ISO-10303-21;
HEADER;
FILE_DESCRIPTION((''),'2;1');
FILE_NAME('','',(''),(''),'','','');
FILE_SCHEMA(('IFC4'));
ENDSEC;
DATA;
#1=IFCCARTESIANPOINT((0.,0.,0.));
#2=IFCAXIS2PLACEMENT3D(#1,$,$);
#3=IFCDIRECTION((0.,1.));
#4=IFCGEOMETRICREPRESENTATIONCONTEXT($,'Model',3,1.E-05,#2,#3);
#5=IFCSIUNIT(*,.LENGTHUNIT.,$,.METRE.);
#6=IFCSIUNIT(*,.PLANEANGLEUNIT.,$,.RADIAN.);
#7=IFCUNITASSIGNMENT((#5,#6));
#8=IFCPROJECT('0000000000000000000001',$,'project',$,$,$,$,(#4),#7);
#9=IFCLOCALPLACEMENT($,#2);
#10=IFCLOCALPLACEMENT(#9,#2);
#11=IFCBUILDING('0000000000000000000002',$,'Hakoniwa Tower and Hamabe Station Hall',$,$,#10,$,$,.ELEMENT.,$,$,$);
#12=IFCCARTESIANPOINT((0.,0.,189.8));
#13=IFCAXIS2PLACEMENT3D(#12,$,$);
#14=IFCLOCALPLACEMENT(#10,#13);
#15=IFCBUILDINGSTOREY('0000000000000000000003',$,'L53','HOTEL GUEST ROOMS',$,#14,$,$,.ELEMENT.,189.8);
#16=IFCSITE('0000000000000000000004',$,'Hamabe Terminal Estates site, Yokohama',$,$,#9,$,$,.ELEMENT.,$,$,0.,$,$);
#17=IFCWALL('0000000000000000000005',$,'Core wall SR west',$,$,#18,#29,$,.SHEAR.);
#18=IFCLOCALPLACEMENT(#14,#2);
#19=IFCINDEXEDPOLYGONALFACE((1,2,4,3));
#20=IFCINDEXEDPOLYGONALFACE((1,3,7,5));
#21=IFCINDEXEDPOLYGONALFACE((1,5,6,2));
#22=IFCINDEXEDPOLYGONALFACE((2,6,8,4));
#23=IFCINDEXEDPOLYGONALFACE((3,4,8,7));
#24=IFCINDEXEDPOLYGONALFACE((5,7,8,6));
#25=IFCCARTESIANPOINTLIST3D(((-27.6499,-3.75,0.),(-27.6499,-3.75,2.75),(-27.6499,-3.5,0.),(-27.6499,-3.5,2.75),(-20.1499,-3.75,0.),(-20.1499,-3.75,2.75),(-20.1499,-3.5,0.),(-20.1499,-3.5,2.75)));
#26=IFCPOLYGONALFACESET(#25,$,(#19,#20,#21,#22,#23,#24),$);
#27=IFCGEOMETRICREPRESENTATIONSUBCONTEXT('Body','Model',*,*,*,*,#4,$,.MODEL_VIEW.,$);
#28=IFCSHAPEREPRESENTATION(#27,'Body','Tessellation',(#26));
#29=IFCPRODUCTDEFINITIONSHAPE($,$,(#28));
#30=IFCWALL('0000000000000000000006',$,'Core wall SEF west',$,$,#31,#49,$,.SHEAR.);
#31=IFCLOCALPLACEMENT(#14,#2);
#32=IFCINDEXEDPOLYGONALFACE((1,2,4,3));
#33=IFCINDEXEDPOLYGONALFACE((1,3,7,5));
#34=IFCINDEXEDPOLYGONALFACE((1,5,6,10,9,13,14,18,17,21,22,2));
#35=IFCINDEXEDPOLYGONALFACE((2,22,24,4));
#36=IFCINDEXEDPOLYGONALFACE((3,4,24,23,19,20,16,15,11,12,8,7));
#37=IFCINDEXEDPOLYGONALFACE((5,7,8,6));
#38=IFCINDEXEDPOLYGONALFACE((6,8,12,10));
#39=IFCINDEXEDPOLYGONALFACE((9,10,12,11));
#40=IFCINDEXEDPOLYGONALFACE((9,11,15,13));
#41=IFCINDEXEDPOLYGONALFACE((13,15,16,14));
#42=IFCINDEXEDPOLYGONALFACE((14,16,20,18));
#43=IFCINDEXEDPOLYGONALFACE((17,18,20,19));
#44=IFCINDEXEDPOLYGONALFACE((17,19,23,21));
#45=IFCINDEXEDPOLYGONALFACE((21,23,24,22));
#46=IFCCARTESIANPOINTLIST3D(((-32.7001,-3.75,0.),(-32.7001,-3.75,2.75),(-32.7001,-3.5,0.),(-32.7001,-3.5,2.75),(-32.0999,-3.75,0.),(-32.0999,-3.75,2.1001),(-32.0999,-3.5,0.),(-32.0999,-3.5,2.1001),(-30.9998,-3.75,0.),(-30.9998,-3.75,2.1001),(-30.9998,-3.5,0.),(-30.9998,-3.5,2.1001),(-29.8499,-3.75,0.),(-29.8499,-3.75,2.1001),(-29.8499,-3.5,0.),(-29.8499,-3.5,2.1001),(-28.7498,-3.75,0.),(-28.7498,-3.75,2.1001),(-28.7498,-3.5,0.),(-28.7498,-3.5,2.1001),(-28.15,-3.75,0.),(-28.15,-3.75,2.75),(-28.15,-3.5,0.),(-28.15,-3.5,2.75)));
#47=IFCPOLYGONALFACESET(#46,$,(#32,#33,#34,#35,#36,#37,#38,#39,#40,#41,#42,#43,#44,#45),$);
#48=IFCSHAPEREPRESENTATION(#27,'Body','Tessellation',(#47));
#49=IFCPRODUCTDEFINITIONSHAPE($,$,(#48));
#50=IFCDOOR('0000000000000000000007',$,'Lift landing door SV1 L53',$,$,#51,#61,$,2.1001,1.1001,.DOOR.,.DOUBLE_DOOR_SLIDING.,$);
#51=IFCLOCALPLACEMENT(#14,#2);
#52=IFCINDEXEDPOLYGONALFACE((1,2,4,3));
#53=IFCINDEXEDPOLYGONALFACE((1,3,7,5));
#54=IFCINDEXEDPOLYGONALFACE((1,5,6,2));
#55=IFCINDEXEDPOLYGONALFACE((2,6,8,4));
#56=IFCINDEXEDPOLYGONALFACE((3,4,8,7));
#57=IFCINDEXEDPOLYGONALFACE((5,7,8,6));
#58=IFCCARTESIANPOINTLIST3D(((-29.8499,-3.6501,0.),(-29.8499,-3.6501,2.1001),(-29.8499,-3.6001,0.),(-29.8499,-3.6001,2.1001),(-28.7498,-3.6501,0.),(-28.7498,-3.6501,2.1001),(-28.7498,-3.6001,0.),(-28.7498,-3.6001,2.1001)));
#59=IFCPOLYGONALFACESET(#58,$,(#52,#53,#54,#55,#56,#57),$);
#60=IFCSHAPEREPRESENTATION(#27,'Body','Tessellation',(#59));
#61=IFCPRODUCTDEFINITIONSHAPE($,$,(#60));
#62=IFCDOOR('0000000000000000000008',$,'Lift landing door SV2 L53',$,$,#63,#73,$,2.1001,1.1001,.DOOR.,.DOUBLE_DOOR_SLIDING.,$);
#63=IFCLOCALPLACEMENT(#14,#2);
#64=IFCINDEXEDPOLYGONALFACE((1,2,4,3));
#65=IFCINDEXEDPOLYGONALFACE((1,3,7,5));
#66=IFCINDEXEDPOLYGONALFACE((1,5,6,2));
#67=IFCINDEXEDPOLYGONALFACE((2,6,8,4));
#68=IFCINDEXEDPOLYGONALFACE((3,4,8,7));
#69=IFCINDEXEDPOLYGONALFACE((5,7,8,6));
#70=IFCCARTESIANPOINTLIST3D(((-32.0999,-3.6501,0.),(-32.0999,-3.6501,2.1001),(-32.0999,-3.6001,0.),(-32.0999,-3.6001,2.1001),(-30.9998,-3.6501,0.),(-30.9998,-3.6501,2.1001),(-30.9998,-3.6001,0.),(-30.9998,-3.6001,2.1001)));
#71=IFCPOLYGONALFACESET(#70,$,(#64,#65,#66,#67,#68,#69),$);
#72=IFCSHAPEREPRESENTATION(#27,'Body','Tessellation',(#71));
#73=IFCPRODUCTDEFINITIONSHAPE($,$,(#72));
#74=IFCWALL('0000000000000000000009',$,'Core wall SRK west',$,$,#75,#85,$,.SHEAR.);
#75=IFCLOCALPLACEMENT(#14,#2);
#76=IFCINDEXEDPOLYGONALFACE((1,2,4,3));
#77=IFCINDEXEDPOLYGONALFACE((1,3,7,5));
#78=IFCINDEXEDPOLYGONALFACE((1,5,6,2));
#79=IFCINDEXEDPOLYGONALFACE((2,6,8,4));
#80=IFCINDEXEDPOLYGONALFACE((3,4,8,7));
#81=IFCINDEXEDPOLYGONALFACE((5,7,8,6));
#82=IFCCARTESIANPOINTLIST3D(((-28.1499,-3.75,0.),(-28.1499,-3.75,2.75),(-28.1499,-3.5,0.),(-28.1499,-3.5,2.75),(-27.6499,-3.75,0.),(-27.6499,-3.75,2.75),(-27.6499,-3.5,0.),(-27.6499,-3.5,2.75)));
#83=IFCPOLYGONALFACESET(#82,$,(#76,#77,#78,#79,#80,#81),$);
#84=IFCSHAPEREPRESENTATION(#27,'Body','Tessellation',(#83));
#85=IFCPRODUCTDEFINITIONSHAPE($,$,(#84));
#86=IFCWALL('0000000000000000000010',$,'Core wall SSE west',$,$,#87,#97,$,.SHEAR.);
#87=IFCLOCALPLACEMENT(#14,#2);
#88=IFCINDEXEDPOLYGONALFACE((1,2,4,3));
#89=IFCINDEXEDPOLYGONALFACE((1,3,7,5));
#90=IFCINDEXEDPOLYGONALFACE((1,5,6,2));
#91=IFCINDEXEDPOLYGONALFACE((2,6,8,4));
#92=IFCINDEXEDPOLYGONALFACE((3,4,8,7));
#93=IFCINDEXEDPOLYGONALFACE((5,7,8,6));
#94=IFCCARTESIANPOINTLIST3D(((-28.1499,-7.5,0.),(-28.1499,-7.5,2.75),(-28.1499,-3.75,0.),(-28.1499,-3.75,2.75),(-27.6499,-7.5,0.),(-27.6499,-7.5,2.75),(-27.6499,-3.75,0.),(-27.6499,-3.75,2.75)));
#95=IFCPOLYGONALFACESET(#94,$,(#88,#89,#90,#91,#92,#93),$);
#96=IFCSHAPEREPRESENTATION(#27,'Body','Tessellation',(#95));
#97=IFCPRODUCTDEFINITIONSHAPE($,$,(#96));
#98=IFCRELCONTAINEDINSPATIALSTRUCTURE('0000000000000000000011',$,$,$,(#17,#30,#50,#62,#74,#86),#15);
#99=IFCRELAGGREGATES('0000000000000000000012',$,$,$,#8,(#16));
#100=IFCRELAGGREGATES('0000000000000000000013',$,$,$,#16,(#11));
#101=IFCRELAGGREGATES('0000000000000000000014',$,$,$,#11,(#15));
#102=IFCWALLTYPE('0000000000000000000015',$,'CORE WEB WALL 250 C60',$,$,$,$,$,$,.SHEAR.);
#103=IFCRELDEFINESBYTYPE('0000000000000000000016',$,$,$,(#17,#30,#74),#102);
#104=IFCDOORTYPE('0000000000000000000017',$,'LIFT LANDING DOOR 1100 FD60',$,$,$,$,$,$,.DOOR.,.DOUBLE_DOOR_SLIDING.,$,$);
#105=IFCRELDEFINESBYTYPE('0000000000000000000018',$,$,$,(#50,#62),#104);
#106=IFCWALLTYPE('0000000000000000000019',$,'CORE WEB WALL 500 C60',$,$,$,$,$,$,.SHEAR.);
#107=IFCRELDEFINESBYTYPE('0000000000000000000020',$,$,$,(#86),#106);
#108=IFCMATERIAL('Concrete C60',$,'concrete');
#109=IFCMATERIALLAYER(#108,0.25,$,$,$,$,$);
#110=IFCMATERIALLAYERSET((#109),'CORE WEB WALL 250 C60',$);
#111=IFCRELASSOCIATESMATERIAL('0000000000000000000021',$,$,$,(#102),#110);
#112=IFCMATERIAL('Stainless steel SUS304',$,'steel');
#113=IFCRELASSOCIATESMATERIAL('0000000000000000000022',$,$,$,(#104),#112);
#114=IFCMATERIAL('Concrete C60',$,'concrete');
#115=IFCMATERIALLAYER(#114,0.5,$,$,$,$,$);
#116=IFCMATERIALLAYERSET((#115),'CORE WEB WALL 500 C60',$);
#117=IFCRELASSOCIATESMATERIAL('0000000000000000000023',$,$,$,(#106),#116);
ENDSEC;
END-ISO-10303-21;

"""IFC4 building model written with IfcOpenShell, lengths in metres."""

from ifc_helpers import new_model, si_unit, direction, frame, frame_2d, origin, place, context, subcontext, project, spatial, rectangle, extrude, material, layer, layer_set, type_object, element, fill, save


model = new_model("IFC4")

# Units and contexts
model_context = context("Model", 3, precision=1e-05, world=origin(), true_north=direction((0.0, 1.0)))
body_context = subcontext(model_context, "Body", "Model", "MODEL_VIEW")
ifc_project = project(units=[si_unit("LENGTHUNIT", "METRE"), si_unit("PLANEANGLEUNIT", "RADIAN")], contexts=[model_context])

# Site, building, storey
site_placement = place(None, origin())
site = spatial("IfcSite", under=ifc_project, at=site_placement, Name="Hamabe Terminal Estates site, Yokohama", CompositionType="ELEMENT", RefElevation=0.0)
building_placement = place(site_placement, origin())
building = spatial("IfcBuilding", under=site, at=building_placement, Name="Hakoniwa Tower and Hamabe Station Hall", CompositionType="ELEMENT")
storey_placement = place(building_placement, frame((0.0, 0.0, 189.8)))
storey = spatial("IfcBuildingStorey", under=building, at=storey_placement, Name="L53", Description="HOTEL GUEST ROOMS", CompositionType="ELEMENT", Elevation=189.8)

# Shared definitions
ifc_material_1 = material(Name="Concrete C60", Category="concrete")
ifc_layer_1 = layer(ifc_material_1, 0.25)
ifc_layer_set_1 = layer_set([ifc_layer_1], Name="CORE WEB WALL 250 C60")
wall_type_1 = type_object("IfcWallType", Name="CORE WEB WALL 250 C60", PredefinedType="SHEAR", material=ifc_layer_set_1)

# Shared definitions
ifc_material_2 = material(Name="Stainless steel SUS304", Category="steel")
door_type_1 = type_object("IfcDoorType", Name="LIFT LANDING DOOR 1100 FD60", OperationType="DOUBLE_DOOR_SLIDING", PredefinedType="DOOR", material=ifc_material_2)

# Wall
wall_1_placement = place(storey_placement, frame((-27.6499, -3.625, 0.0), z_axis=(0.0, 0.0, 1.0), x_axis=(1.0, 0.0, 0.0)))
element("IfcWall", 1, at=wall_1_placement, inside=storey, type_object=wall_type_1, Name="Core wall SR west", PredefinedType="SHEAR", context=body_context, shape_type="SweptSolid", body=[
    extrude(rectangle(XDim=7.5, YDim=0.25, at=frame_2d((3.75, 0.0))), origin(), (0.0, 0.0, 1.0), 2.75),
])

# Wall, openings, doors
wall_2_placement = place(storey_placement, frame((-32.7, -3.625, 0.0), z_axis=(0.0, 0.0, 1.0), x_axis=(1.0, 0.0, 0.0)))
wall_2 = element("IfcWall", 2, at=wall_2_placement, inside=storey, type_object=wall_type_1, Name="Core wall SEF west", PredefinedType="SHEAR", context=body_context, shape_type="SweptSolid", body=[
    extrude(rectangle(XDim=4.55, YDim=0.25, at=frame_2d((2.2749, 0.0))), origin(), (0.0, 0.0, 1.0), 2.75),
])
opening_1_placement = place(wall_2_placement, frame((2.8501, 0.0, 0.0)))
opening_1 = element("IfcOpeningElement", 3, at=opening_1_placement, cuts=wall_2, PredefinedType="OPENING", context=body_context, shape_type="SweptSolid", body=[
    extrude(rectangle(XDim=1.1001, YDim=2.1001, at=frame_2d((0.55, 1.05))), frame((0.0, 0.135, 0.0), z_axis=(0.0, -1.0, 0.0), x_axis=(1.0, 0.0, 0.0)), (0.0, 0.0, 1.0), 0.27),
])
opening_2_placement = place(wall_2_placement, frame((0.6001, 0.0, 0.0)))
opening_2 = element("IfcOpeningElement", 4, at=opening_2_placement, cuts=wall_2, PredefinedType="OPENING", context=body_context, shape_type="SweptSolid", body=[
    extrude(rectangle(XDim=1.1001, YDim=2.1001, at=frame_2d((0.55, 1.05))), frame((0.0, 0.135, 0.0), z_axis=(0.0, -1.0, 0.0), x_axis=(1.0, 0.0, 0.0)), (0.0, 0.0, 1.0), 0.27),
])
door_1_placement = place(opening_1_placement, origin())
door_1 = element("IfcDoor", 5, at=door_1_placement, inside=storey, type_object=door_type_1, Name="Lift landing door SV1 L53", OperationType="DOUBLE_DOOR_SLIDING", OverallHeight=2.1001, OverallWidth=1.1001, PredefinedType="DOOR", context=body_context, shape_type="SweptSolid", body=[
    extrude(rectangle(XDim=1.1001, YDim=2.1001, at=frame_2d((0.55, 1.05))), frame((0.0, 0.0249, 0.0), z_axis=(0.0, -1.0, 0.0), x_axis=(1.0, 0.0, 0.0)), (0.0, 0.0, 1.0), 0.05),
])
fill(opening_1, door_1)
door_2_placement = place(opening_2_placement, origin())
door_2 = element("IfcDoor", 6, at=door_2_placement, inside=storey, type_object=door_type_1, Name="Lift landing door SV2 L53", OperationType="DOUBLE_DOOR_SLIDING", OverallHeight=2.1001, OverallWidth=1.1001, PredefinedType="DOOR", context=body_context, shape_type="SweptSolid", body=[
    extrude(rectangle(XDim=1.1001, YDim=2.1001, at=frame_2d((0.55, 1.05))), frame((0.0, 0.0249, 0.0), z_axis=(0.0, -1.0, 0.0), x_axis=(1.0, 0.0, 0.0)), (0.0, 0.0, 1.0), 0.05),
])
fill(opening_2, door_2)

# Walls
wall_3_placement = place(storey_placement, frame((-28.1499, -3.625, 0.0), z_axis=(0.0, 0.0, 1.0), x_axis=(1.0, 0.0, 0.0)))
element("IfcWall", 7, at=wall_3_placement, inside=storey, type_object=wall_type_1, Name="Core wall SRK west", PredefinedType="SHEAR", context=body_context, shape_type="SweptSolid", body=[
    extrude(rectangle(XDim=0.5, YDim=0.25, at=frame_2d((0.25, 0.0))), origin(), (0.0, 0.0, 1.0), 2.75),
])
ifc_material_3 = material(Name="Concrete C60", Category="concrete")
ifc_layer_2 = layer(ifc_material_3, 0.5)
ifc_layer_set_2 = layer_set([ifc_layer_2], Name="CORE WEB WALL 500 C60")
wall_type_2 = type_object("IfcWallType", Name="CORE WEB WALL 500 C60", PredefinedType="SHEAR", material=ifc_layer_set_2)
wall_4_placement = place(storey_placement, frame((-27.8999, -7.5, 0.0), z_axis=(0.0, 0.0, 1.0), x_axis=(0.0, 1.0, 0.0)))
element("IfcWall", 8, at=wall_4_placement, inside=storey, type_object=wall_type_2, Name="Core wall SSE west", PredefinedType="SHEAR", context=body_context, shape_type="SweptSolid", body=[
    extrude(rectangle(XDim=3.75, YDim=0.5, at=frame_2d((1.875, 0.0))), origin(), (0.0, 0.0, 1.0), 2.75),
])

save(model, "model.ifc")
